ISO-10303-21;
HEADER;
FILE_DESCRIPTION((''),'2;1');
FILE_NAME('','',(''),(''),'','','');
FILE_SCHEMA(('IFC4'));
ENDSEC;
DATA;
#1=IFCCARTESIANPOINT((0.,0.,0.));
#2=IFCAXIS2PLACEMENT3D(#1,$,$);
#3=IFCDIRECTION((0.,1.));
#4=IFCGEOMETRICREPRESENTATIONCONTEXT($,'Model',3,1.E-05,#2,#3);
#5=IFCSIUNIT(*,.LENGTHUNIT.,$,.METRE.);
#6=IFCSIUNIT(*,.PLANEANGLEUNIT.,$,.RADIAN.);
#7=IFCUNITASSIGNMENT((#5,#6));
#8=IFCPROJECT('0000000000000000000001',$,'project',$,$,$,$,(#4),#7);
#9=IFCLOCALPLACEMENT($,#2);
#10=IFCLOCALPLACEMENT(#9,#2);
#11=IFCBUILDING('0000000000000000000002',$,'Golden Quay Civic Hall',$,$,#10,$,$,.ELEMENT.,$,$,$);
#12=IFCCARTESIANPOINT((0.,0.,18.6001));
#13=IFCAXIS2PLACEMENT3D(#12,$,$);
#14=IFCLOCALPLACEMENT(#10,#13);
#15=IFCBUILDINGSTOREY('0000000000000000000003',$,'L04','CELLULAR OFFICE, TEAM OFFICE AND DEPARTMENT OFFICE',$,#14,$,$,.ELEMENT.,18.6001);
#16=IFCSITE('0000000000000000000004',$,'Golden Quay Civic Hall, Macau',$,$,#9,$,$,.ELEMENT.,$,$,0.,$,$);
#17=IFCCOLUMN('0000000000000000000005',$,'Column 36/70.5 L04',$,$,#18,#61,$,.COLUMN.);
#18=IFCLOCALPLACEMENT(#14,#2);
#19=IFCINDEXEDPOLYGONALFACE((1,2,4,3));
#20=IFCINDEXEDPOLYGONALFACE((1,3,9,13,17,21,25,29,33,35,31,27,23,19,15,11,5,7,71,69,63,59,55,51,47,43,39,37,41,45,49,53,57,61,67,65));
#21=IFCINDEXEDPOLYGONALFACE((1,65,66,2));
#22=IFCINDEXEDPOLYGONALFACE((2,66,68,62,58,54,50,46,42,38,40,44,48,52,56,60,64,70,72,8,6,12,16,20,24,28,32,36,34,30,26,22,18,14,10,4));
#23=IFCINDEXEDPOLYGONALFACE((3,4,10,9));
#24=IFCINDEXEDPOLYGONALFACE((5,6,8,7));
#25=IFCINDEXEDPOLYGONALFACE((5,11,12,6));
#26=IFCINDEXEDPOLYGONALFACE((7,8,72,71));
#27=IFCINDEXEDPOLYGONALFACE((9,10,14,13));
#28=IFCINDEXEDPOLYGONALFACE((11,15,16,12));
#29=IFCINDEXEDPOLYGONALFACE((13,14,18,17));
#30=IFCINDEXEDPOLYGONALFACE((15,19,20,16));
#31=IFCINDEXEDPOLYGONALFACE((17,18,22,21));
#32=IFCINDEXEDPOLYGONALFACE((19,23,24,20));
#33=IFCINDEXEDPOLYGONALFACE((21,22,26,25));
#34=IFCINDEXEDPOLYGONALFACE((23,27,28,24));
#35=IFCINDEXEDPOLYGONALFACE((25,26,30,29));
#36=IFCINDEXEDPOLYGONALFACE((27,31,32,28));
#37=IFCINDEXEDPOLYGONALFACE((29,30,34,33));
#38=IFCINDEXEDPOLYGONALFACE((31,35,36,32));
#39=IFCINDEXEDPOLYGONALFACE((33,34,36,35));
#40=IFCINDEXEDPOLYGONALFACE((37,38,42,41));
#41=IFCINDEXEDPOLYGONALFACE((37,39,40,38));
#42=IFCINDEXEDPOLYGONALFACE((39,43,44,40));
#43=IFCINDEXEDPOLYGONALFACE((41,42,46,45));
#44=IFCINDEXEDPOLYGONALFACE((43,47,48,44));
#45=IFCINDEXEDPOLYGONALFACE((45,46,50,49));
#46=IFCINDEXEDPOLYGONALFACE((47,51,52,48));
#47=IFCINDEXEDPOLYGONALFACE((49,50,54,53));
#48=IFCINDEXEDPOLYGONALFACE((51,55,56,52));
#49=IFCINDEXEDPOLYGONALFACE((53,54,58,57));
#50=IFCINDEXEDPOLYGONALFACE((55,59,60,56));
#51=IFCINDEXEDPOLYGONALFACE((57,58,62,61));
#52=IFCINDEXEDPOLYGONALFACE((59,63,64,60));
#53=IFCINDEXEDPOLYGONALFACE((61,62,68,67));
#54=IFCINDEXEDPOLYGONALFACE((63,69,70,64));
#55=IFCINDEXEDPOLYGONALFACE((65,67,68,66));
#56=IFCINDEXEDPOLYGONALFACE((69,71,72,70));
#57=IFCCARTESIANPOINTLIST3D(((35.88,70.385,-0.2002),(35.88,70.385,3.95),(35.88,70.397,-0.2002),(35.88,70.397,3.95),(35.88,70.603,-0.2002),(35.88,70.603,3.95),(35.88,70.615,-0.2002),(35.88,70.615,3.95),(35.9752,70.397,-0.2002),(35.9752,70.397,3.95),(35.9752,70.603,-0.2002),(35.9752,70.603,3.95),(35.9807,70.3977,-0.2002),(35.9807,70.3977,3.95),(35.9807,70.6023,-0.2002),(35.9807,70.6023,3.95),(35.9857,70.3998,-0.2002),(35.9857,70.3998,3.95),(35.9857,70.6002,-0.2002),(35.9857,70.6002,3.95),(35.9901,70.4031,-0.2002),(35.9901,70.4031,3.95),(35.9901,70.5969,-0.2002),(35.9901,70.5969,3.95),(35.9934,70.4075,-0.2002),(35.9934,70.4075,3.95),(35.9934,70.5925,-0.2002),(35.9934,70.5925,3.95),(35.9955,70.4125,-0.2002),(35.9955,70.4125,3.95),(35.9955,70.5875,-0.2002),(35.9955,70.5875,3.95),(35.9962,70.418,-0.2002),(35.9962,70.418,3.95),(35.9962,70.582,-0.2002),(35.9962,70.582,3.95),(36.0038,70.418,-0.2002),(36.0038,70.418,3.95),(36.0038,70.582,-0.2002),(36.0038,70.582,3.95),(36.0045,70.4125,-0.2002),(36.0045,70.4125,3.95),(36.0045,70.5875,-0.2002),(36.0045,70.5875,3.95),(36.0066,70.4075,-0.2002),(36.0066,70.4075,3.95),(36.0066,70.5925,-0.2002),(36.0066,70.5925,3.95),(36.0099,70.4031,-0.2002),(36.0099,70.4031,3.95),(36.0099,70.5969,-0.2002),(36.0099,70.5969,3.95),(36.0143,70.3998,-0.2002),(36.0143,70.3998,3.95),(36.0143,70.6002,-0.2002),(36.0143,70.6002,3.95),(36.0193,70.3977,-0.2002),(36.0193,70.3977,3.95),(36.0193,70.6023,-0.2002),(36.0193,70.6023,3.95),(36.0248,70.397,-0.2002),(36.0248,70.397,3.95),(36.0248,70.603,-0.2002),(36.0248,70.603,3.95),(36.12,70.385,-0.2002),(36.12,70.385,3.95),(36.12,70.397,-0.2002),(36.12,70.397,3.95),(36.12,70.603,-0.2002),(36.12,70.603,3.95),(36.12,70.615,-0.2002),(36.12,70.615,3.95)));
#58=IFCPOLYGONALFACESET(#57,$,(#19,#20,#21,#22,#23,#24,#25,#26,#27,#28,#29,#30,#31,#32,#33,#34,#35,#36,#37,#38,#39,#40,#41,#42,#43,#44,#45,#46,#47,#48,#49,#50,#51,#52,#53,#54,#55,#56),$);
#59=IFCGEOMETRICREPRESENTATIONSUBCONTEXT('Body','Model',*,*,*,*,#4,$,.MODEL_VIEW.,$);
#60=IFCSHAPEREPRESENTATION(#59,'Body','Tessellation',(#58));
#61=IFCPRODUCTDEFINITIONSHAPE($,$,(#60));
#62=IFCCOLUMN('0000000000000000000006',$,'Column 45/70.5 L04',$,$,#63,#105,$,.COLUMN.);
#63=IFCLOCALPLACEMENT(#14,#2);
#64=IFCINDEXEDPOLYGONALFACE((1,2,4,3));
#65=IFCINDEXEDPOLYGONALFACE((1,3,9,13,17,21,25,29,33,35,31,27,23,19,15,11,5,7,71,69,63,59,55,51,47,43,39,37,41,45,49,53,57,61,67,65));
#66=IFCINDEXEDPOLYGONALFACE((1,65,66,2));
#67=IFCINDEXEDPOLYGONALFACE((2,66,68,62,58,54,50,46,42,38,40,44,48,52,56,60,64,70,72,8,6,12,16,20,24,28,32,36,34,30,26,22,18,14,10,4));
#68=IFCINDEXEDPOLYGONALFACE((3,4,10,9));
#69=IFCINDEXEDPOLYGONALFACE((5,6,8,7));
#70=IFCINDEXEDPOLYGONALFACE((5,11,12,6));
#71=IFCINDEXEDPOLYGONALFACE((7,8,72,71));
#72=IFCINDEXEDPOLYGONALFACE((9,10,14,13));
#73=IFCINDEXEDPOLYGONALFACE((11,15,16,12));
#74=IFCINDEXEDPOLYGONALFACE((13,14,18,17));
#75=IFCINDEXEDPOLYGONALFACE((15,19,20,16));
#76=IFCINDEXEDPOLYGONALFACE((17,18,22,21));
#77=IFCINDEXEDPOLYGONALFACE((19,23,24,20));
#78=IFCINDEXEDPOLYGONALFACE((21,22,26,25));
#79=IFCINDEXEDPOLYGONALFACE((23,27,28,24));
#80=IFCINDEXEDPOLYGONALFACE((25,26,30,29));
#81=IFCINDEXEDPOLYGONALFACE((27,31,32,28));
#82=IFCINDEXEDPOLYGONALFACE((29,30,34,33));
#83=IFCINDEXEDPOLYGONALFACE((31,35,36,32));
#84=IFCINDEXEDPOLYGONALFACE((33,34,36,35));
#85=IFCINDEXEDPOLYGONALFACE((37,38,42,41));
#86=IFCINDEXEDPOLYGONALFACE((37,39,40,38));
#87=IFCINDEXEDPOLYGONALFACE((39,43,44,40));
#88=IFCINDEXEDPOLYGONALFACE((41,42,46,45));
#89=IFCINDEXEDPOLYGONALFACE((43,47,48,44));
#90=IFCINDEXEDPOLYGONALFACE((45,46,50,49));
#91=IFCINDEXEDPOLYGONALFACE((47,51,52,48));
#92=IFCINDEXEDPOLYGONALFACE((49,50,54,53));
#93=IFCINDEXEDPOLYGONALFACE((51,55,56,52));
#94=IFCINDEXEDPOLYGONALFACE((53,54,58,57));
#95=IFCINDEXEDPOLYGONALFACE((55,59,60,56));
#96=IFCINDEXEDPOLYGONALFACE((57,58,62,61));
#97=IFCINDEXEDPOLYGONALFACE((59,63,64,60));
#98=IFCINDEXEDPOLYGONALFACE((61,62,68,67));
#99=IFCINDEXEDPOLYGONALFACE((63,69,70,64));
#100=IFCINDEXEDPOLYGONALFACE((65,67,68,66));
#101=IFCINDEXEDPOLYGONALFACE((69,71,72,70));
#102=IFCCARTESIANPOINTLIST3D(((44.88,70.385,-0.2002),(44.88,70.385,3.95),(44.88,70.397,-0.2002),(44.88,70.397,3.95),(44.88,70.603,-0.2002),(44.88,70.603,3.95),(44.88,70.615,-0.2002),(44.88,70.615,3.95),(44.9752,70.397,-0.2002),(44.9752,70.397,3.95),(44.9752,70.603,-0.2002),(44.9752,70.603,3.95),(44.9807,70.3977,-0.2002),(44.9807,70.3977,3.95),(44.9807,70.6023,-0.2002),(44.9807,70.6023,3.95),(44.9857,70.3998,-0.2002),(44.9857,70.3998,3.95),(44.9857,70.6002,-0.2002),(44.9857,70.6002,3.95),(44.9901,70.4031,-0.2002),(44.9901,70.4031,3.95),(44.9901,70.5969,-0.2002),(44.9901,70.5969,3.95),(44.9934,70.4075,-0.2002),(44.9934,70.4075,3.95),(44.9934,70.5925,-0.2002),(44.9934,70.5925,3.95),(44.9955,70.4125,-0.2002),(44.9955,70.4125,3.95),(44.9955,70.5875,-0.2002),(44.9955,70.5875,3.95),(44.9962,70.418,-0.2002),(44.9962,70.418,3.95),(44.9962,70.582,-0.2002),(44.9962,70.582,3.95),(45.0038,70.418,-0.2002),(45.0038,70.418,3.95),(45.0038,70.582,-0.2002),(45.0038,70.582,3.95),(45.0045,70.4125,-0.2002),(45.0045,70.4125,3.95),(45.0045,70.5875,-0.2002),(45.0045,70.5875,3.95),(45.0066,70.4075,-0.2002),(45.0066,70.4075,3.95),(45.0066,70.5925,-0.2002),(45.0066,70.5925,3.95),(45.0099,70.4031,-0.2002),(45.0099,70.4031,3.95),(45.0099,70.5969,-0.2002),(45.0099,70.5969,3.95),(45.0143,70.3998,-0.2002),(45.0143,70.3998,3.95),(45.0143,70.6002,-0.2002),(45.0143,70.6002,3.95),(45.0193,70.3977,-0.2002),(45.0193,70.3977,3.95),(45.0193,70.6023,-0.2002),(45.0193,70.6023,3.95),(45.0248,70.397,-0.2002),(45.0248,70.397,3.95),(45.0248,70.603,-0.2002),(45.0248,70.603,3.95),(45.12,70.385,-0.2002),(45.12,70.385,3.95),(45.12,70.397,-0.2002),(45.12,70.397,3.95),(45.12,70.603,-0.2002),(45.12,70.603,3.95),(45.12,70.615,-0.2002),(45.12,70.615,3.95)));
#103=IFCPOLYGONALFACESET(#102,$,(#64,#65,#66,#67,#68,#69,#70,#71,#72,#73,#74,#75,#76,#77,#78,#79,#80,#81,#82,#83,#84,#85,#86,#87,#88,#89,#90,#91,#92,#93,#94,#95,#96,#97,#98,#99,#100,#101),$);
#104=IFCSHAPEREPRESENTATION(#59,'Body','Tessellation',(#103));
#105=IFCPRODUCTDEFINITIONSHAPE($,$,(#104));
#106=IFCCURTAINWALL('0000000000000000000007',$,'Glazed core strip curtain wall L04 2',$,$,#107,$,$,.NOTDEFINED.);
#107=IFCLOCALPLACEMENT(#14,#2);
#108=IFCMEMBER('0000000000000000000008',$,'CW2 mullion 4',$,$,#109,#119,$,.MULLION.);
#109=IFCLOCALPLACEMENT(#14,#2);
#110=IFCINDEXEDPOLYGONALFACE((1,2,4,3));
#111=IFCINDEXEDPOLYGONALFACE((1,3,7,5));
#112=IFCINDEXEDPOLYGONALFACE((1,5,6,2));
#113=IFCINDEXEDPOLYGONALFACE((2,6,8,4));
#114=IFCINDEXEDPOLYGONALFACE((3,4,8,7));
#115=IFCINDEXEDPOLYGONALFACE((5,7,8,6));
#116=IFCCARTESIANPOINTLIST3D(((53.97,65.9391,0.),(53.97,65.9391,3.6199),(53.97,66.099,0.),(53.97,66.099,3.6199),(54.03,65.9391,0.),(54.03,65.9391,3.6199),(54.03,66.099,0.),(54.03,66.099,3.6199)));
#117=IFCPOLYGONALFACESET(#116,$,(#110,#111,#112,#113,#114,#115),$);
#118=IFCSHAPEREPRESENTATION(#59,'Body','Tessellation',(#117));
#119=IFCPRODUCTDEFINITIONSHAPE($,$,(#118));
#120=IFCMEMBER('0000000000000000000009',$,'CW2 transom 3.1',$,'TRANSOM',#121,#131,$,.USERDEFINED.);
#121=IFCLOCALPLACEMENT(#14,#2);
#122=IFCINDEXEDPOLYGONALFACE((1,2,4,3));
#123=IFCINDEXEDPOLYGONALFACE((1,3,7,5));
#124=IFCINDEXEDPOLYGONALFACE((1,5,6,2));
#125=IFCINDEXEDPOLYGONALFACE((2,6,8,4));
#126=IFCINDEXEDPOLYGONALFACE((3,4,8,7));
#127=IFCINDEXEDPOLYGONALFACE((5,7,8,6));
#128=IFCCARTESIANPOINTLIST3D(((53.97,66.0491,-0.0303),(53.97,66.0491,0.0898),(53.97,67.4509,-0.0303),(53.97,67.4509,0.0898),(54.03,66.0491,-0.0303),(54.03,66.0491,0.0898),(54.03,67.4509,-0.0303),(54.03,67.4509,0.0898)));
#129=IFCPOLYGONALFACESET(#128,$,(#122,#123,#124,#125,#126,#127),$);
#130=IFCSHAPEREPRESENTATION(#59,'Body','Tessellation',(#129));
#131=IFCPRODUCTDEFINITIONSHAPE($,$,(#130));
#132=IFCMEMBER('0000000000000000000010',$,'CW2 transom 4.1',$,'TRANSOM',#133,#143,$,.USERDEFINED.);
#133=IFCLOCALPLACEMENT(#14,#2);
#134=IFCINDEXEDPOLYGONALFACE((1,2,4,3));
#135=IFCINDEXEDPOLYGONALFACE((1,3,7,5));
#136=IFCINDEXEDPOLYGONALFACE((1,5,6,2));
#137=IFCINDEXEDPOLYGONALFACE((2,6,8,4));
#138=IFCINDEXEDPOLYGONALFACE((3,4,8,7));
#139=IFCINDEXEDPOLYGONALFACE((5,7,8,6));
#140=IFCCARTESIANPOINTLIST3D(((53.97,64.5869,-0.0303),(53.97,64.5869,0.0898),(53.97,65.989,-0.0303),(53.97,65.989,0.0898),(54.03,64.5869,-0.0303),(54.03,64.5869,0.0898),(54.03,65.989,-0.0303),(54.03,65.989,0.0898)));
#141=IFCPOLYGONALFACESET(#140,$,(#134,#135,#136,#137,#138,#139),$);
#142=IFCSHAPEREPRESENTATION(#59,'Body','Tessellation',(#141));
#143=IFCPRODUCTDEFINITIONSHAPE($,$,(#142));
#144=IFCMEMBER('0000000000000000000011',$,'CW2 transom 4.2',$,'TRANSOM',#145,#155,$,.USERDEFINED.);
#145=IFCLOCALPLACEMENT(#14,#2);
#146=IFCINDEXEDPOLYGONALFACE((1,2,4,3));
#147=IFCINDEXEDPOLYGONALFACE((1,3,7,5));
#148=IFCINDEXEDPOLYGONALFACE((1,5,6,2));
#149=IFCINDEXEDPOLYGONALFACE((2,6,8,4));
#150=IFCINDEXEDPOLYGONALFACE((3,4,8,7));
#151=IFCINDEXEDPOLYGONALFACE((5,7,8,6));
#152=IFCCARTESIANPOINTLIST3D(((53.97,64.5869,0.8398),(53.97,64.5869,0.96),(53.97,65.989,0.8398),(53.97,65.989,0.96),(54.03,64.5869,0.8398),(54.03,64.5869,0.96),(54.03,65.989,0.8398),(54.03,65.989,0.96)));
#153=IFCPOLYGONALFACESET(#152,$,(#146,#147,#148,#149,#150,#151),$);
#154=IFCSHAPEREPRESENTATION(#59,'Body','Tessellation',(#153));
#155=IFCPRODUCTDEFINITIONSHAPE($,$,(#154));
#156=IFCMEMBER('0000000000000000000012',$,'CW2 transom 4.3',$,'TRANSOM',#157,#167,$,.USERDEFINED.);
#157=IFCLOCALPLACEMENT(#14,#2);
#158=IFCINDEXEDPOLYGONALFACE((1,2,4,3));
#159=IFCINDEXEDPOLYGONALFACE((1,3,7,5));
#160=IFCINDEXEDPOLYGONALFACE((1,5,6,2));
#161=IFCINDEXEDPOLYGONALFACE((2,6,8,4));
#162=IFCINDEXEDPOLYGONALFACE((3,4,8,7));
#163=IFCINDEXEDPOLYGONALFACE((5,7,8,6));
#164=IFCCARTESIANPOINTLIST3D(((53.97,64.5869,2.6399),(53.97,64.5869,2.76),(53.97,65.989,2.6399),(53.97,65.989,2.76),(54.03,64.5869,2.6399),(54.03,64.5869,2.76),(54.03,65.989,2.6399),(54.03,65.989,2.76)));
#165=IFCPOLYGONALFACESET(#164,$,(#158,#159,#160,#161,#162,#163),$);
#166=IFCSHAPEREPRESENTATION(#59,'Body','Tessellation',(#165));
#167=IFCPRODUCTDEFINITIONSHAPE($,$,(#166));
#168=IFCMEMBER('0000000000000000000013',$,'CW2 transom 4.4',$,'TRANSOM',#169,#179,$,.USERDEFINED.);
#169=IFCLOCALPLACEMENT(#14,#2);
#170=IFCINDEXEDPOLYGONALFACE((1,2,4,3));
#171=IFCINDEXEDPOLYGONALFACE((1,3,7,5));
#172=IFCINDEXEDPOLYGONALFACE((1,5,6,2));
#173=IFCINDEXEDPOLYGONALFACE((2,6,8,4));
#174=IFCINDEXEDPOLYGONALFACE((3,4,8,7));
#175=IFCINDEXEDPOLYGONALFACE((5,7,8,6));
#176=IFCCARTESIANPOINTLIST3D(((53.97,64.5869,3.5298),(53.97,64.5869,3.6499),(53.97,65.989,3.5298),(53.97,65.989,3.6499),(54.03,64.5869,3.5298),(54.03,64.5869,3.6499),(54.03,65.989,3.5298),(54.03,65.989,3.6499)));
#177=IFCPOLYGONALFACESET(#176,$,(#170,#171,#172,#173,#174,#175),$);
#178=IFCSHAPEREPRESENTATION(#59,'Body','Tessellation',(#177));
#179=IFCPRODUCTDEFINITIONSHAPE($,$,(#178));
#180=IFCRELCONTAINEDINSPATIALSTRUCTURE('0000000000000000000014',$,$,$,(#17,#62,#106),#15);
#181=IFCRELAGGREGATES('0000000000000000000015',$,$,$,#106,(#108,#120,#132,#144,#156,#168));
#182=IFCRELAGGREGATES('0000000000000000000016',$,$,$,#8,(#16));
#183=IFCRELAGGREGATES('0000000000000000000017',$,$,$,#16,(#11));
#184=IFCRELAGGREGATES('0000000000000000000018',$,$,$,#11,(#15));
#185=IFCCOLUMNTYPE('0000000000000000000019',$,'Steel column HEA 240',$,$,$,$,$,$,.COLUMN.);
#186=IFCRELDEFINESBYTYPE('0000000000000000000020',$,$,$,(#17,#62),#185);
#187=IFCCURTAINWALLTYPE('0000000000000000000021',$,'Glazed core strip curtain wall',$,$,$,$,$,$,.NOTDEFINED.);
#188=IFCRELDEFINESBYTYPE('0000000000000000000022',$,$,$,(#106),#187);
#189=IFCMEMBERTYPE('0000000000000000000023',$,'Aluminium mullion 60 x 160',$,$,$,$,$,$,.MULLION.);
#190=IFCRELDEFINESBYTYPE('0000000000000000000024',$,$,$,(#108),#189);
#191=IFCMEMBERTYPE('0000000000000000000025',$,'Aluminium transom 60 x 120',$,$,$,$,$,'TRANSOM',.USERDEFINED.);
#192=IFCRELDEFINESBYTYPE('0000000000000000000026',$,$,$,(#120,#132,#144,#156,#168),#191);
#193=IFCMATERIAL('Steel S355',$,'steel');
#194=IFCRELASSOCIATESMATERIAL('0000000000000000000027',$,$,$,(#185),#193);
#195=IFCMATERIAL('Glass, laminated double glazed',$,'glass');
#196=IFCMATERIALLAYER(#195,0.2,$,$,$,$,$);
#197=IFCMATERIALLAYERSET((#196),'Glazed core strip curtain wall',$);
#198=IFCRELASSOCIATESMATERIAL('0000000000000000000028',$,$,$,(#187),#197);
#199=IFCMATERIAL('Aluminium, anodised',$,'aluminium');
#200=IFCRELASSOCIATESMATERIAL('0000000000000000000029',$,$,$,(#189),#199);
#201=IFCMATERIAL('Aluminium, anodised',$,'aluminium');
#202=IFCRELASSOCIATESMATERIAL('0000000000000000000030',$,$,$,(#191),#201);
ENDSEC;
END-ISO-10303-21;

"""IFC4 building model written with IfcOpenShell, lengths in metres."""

from ifc_helpers import new_model, si_unit, direction, frame, origin, origin_2d, place, context, subcontext, project, spatial, rectangle, i_section, extrude, material, layer, layer_set, material_profile, profile_set, type_object, element, aggregate, save


model = new_model("IFC4")

# Units and contexts
model_context = context("Model", 3, precision=1e-05, world=origin(), true_north=direction((0.0, 1.0)))
body_context = subcontext(model_context, "Body", "Model", "MODEL_VIEW")
ifc_project = project(units=[si_unit("LENGTHUNIT", "METRE"), si_unit("PLANEANGLEUNIT", "RADIAN")], contexts=[model_context])

# Site, building, storey
site_placement = place(None, origin())
site = spatial("IfcSite", under=ifc_project, at=site_placement, Name="Golden Quay Civic Hall, Macau", CompositionType="ELEMENT", RefElevation=0.0)
building_placement = place(site_placement, origin())
building = spatial("IfcBuilding", under=site, at=building_placement, Name="Golden Quay Civic Hall", CompositionType="ELEMENT")
storey_placement = place(building_placement, frame((0.0, 0.0, 18.6001)))
storey = spatial("IfcBuildingStorey", under=building, at=storey_placement, Name="L04", Description="CELLULAR OFFICE, TEAM OFFICE AND DEPARTMENT OFFICE", CompositionType="ELEMENT", Elevation=18.6001)

# Columns
ifc_material_1 = material(Name="Steel S355", Category="steel")
ifc_material_profile_1 = material_profile(ifc_material_1, i_section(OverallWidth=0.24, OverallDepth=0.23, WebThickness=0.0076, FlangeThickness=0.012, FilletRadius=0.021, at=origin_2d()), Name="HEA 240")
ifc_profile_set_1 = profile_set([ifc_material_profile_1], Name="Steel S355")
column_type = type_object("IfcColumnType", Name="Steel column HEA 240", PredefinedType="COLUMN", material=ifc_profile_set_1)
for number, where, z_axis, x_axis, name in (
    (1, (36.0, 70.5, -0.2002), (0.0, 0.0, 1.0), (1.0, 0.0, 0.0), "Column 36/70.5 L04"),
    (2, (45.0, 70.5, -0.2002), (0.0, 0.0, 1.0), (1.0, 0.0, 0.0), "Column 45/70.5 L04"),
):
    element("IfcColumn", number, at=place(storey_placement, frame(where, z_axis=z_axis, x_axis=x_axis)), inside=storey, type_object=column_type, Name=name, PredefinedType="COLUMN", context=body_context, shape_type="SweptSolid", body=[
        extrude(i_section(OverallWidth=0.24, OverallDepth=0.23, WebThickness=0.0076, FlangeThickness=0.012, FilletRadius=0.021, at=origin_2d()), origin(), (0.0, 0.0, 1.0), 4.1501),
    ])

# Curtain wall, members
ifc_material_2 = material(Name="Glass, laminated double glazed", Category="glass")
ifc_layer_1 = layer(ifc_material_2, 0.2)
ifc_layer_set_1 = layer_set([ifc_layer_1], Name="Glazed core strip curtain wall")
curtain_wall_type = type_object("IfcCurtainWallType", Name="Glazed core strip curtain wall", PredefinedType="NOTDEFINED", material=ifc_layer_set_1)
curtain_wall_placement = place(storey_placement, origin())
curtain_wall = element("IfcCurtainWall", 3, at=curtain_wall_placement, inside=storey, type_object=curtain_wall_type, Name="Glazed core strip curtain wall L04 2", PredefinedType="NOTDEFINED")
ifc_material_3 = material(Name="Aluminium, anodised", Category="aluminium")
ifc_material_profile_2 = material_profile(ifc_material_3, rectangle(XDim=0.0601, YDim=0.1599, at=origin_2d()), Name="Aluminium 60 x 160")
ifc_profile_set_2 = profile_set([ifc_material_profile_2], Name="Aluminium, anodised")
member_type_1 = type_object("IfcMemberType", Name="Aluminium mullion 60 x 160", PredefinedType="MULLION", material=ifc_profile_set_2)
member_1_placement = place(storey_placement, frame((54.0, 66.019, 0.0), z_axis=(0.0, 0.0, 1.0), x_axis=(1.0, 0.0, 0.0)))
member_1 = element("IfcMember", 4, at=member_1_placement, type_object=member_type_1, Name="CW2 mullion 4", PredefinedType="MULLION", context=body_context, shape_type="SweptSolid", body=[
    extrude(rectangle(XDim=0.0601, YDim=0.1599, at=origin_2d()), origin(), (0.0, 0.0, 1.0), 3.6199),
])
ifc_material_4 = material(Name="Aluminium, anodised", Category="aluminium")
ifc_material_profile_3 = material_profile(ifc_material_4, rectangle(XDim=0.0601, YDim=0.1201, at=origin_2d()), Name="Aluminium 60 x 120")
ifc_profile_set_3 = profile_set([ifc_material_profile_3], Name="Aluminium, anodised")
member_type_2 = type_object("IfcMemberType", Name="Aluminium transom 60 x 120", ElementType="TRANSOM", PredefinedType="USERDEFINED", material=ifc_profile_set_3)
member_2_placement = place(storey_placement, frame((54.0, 67.4509, 0.0298), z_axis=(0.0, -1.0, 0.0), x_axis=(1.0, 0.0, 0.0)))
member_2 = element("IfcMember", 5, at=member_2_placement, type_object=member_type_2, Name="CW2 transom 3.1", ObjectType="TRANSOM", PredefinedType="USERDEFINED", context=body_context, shape_type="SweptSolid", body=[
    extrude(rectangle(XDim=0.0601, YDim=0.1201, at=origin_2d()), origin(), (0.0, 0.0, 1.0), 1.4019),
])
member_3_placement = place(storey_placement, frame((54.0, 65.989, 0.0298), z_axis=(0.0, -1.0, 0.0), x_axis=(1.0, 0.0, 0.0)))
member_3 = element("IfcMember", 6, at=member_3_placement, type_object=member_type_2, Name="CW2 transom 4.1", ObjectType="TRANSOM", PredefinedType="USERDEFINED", context=body_context, shape_type="SweptSolid", body=[
    extrude(rectangle(XDim=0.0601, YDim=0.1201, at=origin_2d()), origin(), (0.0, 0.0, 1.0), 1.4021),
])
member_4_placement = place(storey_placement, frame((54.0, 65.989, 0.8999), z_axis=(0.0, -1.0, 0.0), x_axis=(1.0, 0.0, 0.0)))
member_4 = element("IfcMember", 7, at=member_4_placement, type_object=member_type_2, Name="CW2 transom 4.2", ObjectType="TRANSOM", PredefinedType="USERDEFINED", context=body_context, shape_type="SweptSolid", body=[
    extrude(rectangle(XDim=0.0601, YDim=0.1201, at=origin_2d()), origin(), (0.0, 0.0, 1.0), 1.4021),
])
member_5_placement = place(storey_placement, frame((54.0, 65.989, 2.7), z_axis=(0.0, -1.0, 0.0), x_axis=(1.0, 0.0, 0.0)))
member_5 = element("IfcMember", 8, at=member_5_placement, type_object=member_type_2, Name="CW2 transom 4.3", ObjectType="TRANSOM", PredefinedType="USERDEFINED", context=body_context, shape_type="SweptSolid", body=[
    extrude(rectangle(XDim=0.0601, YDim=0.1201, at=origin_2d()), origin(), (0.0, 0.0, 1.0), 1.4021),
])
member_6_placement = place(storey_placement, frame((54.0, 65.989, 3.5898), z_axis=(0.0, -1.0, 0.0), x_axis=(1.0, 0.0, 0.0)))
member_6 = element("IfcMember", 9, at=member_6_placement, type_object=member_type_2, Name="CW2 transom 4.4", ObjectType="TRANSOM", PredefinedType="USERDEFINED", context=body_context, shape_type="SweptSolid", body=[
    extrude(rectangle(XDim=0.0601, YDim=0.1201, at=origin_2d()), origin(), (0.0, 0.0, 1.0), 1.4021),
])

aggregate(curtain_wall, [member_1, member_2, member_3, member_4, member_5, member_6])

save(model, "model.ifc")
